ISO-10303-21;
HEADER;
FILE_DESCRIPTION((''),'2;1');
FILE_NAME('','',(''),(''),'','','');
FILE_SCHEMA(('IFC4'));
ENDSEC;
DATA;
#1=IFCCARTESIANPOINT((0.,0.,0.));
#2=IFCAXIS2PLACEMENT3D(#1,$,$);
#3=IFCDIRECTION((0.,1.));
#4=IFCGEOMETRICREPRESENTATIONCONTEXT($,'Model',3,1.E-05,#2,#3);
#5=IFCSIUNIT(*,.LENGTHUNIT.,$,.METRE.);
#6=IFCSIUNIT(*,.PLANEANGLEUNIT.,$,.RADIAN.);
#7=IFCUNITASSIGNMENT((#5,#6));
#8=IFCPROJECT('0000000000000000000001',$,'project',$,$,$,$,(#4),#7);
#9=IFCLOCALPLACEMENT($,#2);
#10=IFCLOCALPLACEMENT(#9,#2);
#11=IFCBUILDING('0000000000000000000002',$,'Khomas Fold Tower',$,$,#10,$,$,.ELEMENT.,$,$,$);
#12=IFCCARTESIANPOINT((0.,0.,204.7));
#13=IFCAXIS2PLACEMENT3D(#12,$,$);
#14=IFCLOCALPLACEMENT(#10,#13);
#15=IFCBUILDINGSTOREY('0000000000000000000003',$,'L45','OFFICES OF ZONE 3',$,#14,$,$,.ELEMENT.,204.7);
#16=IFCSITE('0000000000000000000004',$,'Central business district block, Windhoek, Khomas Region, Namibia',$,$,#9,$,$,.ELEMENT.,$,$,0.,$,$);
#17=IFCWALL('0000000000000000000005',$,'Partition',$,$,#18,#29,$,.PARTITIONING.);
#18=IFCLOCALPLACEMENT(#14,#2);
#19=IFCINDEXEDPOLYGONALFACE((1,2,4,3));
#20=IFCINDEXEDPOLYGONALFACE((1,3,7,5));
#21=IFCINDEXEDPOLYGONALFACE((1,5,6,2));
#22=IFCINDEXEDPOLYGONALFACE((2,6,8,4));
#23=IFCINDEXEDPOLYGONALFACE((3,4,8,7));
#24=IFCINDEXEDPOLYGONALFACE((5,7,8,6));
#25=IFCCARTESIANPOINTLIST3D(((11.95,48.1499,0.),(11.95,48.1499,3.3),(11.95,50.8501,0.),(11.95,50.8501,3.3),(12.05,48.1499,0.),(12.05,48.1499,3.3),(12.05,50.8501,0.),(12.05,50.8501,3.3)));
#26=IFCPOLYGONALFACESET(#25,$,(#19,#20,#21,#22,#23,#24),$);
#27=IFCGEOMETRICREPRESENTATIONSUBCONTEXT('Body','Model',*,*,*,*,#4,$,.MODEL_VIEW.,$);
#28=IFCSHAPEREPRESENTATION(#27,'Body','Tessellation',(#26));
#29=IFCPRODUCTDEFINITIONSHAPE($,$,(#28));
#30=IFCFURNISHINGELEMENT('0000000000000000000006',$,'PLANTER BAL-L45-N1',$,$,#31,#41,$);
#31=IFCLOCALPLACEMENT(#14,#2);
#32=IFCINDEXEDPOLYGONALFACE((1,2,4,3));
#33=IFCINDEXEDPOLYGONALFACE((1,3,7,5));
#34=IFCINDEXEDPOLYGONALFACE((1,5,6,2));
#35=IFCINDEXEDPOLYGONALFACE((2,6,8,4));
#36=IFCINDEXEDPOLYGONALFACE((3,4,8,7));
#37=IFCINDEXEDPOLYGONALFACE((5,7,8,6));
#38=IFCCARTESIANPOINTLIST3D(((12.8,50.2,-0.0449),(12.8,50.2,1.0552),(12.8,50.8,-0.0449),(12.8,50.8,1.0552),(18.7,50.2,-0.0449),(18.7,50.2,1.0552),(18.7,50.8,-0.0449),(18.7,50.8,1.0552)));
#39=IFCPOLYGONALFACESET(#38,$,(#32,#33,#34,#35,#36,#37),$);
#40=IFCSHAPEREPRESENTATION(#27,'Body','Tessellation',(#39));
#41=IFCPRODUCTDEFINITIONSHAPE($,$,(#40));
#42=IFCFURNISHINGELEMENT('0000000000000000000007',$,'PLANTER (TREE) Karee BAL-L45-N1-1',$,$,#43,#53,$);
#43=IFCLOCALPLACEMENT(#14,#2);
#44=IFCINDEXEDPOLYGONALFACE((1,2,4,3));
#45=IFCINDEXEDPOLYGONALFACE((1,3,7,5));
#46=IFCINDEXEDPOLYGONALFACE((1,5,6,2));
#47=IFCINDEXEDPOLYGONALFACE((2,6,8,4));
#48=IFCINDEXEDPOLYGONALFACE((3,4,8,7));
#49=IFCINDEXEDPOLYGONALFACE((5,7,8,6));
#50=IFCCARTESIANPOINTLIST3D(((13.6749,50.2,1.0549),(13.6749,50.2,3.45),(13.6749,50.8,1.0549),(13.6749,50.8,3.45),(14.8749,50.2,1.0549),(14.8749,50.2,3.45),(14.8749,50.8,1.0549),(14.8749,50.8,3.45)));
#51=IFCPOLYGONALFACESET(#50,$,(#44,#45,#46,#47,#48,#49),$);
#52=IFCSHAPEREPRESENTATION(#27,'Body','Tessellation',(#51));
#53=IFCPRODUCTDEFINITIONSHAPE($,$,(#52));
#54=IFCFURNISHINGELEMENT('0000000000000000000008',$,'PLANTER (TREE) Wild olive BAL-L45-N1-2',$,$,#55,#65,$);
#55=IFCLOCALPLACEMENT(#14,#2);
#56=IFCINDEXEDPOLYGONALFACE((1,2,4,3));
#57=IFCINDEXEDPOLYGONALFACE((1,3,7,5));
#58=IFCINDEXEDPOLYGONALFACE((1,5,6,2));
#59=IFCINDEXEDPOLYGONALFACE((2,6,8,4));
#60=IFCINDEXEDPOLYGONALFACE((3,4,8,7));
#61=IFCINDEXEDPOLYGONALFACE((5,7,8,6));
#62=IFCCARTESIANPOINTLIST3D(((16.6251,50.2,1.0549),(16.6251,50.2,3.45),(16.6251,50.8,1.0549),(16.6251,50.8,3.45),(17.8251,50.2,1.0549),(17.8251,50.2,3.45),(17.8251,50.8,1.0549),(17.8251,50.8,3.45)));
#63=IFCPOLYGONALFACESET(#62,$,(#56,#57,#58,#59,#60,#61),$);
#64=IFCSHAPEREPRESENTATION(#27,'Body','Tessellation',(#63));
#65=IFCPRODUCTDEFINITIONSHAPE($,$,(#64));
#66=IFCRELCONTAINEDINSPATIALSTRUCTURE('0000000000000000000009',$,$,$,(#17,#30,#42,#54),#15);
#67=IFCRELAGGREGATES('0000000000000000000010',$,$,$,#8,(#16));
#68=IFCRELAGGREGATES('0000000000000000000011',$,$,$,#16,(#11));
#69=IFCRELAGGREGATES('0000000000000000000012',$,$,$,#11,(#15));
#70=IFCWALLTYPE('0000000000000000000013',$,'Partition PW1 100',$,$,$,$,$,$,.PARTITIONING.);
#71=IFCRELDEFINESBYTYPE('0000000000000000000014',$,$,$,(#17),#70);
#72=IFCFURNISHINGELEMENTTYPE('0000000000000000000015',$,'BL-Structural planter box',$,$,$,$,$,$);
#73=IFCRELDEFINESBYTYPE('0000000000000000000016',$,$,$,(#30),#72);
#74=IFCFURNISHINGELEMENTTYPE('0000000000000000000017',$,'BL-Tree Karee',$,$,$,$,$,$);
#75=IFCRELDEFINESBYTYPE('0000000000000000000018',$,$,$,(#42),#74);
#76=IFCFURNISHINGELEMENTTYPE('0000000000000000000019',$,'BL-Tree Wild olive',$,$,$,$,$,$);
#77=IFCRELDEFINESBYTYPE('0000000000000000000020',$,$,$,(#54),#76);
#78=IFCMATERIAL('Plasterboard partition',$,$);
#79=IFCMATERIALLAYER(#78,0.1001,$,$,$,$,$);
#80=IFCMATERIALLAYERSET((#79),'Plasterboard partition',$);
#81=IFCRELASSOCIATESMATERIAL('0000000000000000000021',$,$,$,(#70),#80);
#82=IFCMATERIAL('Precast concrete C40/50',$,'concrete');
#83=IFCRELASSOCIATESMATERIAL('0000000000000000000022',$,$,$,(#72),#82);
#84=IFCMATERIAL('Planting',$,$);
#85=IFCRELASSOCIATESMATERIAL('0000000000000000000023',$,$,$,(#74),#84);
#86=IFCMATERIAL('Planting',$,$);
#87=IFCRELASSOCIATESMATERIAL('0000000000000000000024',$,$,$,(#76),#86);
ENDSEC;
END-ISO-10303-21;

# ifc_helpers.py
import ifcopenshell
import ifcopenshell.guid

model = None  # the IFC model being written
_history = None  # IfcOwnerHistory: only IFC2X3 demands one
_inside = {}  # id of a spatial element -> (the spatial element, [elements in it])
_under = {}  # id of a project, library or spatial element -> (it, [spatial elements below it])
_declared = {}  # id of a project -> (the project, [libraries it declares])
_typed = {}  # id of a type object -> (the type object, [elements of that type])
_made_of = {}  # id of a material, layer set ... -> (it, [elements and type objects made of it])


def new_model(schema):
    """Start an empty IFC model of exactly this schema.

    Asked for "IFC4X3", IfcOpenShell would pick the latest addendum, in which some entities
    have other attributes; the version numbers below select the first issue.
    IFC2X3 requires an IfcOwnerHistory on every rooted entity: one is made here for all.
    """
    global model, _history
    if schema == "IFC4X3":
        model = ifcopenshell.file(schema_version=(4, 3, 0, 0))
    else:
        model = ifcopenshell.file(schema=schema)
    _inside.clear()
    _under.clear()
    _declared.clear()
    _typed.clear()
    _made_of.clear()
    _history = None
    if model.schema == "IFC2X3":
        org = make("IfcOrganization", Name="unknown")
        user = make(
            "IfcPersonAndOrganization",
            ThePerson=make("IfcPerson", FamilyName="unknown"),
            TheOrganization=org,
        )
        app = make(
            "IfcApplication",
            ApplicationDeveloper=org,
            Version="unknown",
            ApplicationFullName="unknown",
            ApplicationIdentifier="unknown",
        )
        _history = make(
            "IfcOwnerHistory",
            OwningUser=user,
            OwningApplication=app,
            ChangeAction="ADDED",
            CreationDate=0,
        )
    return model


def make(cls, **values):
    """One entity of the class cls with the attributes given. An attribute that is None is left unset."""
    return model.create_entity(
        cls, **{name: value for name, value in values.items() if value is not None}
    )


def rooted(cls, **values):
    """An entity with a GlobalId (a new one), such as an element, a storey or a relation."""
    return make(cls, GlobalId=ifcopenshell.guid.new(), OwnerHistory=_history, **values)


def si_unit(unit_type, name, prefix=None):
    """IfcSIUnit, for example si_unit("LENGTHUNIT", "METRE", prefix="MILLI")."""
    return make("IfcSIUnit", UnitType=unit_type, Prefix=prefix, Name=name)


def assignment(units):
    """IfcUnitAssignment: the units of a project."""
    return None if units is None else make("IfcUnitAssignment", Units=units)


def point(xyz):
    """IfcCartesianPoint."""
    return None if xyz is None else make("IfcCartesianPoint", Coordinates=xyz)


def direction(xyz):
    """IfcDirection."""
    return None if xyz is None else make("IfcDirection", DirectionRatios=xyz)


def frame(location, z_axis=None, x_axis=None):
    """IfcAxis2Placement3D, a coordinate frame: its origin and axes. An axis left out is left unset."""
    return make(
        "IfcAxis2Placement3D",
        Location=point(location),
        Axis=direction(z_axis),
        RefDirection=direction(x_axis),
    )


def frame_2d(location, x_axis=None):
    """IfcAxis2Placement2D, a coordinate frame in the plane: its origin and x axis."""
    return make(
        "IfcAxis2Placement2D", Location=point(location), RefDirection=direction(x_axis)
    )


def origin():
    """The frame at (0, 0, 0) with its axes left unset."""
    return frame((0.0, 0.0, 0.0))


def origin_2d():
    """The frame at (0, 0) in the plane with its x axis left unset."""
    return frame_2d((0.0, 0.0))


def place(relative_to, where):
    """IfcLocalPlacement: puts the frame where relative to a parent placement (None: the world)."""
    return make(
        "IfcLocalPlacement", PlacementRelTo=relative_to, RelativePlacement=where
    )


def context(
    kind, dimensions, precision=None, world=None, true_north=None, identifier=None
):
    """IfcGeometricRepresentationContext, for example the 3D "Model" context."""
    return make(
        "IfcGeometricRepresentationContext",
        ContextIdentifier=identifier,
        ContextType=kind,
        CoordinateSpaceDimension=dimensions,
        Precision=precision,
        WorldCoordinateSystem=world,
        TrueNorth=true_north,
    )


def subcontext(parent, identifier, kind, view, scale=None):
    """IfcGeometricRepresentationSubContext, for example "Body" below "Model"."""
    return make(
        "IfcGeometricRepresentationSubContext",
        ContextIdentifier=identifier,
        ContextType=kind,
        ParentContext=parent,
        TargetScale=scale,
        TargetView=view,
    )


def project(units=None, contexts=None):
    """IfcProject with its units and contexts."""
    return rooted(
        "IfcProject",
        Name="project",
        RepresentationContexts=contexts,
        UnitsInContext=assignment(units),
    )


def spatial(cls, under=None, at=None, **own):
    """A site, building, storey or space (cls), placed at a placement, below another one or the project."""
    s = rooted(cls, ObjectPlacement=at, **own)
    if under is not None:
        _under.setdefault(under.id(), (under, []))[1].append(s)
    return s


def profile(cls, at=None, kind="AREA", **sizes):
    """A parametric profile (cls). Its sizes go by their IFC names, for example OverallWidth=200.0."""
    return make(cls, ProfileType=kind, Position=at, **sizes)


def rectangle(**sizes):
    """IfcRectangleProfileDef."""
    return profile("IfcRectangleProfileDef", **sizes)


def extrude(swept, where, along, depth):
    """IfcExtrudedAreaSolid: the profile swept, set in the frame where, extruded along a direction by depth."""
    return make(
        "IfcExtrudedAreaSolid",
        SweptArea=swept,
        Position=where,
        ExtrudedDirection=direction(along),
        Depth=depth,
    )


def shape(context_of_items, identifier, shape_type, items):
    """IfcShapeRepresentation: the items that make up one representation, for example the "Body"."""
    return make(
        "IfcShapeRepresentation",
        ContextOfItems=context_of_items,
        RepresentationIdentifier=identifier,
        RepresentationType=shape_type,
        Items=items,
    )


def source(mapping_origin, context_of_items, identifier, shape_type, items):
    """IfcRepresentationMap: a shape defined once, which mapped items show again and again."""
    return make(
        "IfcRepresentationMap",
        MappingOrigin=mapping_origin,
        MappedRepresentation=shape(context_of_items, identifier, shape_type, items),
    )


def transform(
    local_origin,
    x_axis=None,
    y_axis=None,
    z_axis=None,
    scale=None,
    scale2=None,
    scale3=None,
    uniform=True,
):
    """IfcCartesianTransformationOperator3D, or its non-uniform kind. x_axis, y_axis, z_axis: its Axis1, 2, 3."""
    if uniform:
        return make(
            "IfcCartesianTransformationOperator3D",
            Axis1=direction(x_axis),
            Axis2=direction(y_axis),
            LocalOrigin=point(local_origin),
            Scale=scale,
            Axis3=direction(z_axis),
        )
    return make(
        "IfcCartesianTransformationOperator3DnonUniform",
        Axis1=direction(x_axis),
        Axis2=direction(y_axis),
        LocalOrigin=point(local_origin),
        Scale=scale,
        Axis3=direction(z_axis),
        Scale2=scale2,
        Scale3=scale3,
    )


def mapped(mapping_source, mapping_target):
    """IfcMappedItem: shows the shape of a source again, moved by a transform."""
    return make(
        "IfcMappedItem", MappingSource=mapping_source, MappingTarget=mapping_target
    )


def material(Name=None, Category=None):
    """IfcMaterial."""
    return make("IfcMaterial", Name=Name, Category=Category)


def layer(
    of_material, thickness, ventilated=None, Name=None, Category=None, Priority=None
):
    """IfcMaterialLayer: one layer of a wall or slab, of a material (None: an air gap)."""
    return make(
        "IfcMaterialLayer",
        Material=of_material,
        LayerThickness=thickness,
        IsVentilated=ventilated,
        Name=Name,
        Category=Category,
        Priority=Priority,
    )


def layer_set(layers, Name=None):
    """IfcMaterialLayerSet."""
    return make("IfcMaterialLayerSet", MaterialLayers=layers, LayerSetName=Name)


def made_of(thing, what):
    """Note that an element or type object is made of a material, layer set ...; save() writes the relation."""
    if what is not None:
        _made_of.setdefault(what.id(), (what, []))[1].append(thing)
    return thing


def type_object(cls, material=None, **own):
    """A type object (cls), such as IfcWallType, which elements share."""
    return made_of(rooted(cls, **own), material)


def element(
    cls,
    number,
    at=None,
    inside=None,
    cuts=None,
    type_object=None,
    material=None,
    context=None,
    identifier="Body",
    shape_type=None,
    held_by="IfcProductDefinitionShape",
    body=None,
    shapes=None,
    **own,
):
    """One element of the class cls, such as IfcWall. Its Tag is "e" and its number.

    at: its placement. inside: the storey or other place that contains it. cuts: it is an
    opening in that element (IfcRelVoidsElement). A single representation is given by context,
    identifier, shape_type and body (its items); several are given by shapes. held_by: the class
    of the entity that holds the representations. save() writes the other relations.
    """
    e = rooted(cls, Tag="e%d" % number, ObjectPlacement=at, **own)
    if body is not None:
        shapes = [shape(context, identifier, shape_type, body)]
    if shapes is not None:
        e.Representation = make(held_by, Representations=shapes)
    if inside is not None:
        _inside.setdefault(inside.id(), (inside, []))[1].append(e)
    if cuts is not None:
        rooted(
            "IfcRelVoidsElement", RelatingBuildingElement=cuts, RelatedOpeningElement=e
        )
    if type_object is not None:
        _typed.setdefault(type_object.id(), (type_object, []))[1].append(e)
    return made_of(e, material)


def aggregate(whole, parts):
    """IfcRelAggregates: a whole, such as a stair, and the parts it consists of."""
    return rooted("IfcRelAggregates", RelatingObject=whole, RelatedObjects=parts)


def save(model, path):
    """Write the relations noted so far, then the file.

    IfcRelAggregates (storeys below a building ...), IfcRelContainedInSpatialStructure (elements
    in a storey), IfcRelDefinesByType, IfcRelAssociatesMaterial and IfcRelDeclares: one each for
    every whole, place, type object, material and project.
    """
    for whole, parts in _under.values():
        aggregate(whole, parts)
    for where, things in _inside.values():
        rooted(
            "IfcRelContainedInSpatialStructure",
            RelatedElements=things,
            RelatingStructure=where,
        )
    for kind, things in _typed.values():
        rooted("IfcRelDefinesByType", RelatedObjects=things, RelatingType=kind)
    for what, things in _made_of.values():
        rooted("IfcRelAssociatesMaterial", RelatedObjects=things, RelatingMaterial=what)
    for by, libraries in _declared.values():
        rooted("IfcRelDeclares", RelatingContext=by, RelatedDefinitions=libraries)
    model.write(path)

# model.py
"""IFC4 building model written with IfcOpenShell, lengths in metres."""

from ifc_helpers import new_model, si_unit, direction, frame, frame_2d, origin, origin_2d, place, context, subcontext, project, spatial, rectangle, extrude, source, transform, mapped, material, layer, layer_set, type_object, element, save


model = new_model("IFC4")

# Units and contexts
model_context = context("Model", 3, precision=1e-05, world=origin(), true_north=direction((0.0, 1.0)))
body_context = subcontext(model_context, "Body", "Model", "MODEL_VIEW")
ifc_project = project(units=[si_unit("LENGTHUNIT", "METRE"), si_unit("PLANEANGLEUNIT", "RADIAN")], contexts=[model_context])

# Site, building, storey
site_placement = place(None, origin())
site = spatial("IfcSite", under=ifc_project, at=site_placement, Name="Central business district block, Windhoek, Khomas Region, Namibia", CompositionType="ELEMENT", RefElevation=0.0)
building_placement = place(site_placement, origin())
building = spatial("IfcBuilding", under=site, at=building_placement, Name="Khomas Fold Tower", CompositionType="ELEMENT")
storey_placement = place(building_placement, frame((0.0, 0.0, 204.7)))
storey = spatial("IfcBuildingStorey", under=building, at=storey_placement, Name="L45", Description="OFFICES OF ZONE 3", CompositionType="ELEMENT", Elevation=204.7)

# Wall
ifc_material_1 = material(Name="Plasterboard partition")
ifc_layer_1 = layer(ifc_material_1, 0.1001)
ifc_layer_set_1 = layer_set([ifc_layer_1], Name="Plasterboard partition")
wall_type_1 = type_object("IfcWallType", Name="Partition PW1 100", PredefinedType="PARTITIONING", material=ifc_layer_set_1)
shared_shape_1 = source(origin(), body_context, "Body", "SweptSolid", [
    extrude(rectangle(XDim=2.7002, YDim=0.1001, at=frame_2d((1.3501, 0.0))), origin(), (0.0, 0.0, 1.0), 3.3),
])
wall_1_placement = place(storey_placement, frame((12.0, 48.1499, 0.0), z_axis=(0.0, 0.0, 1.0), x_axis=(0.0, 1.0, 0.0)))
element("IfcWall", 1, at=wall_1_placement, inside=storey, type_object=wall_type_1, Name="Partition", PredefinedType="PARTITIONING", context=body_context, shape_type="MappedRepresentation", body=[
    mapped(shared_shape_1, transform((0.0, 0.0, 0.0))),
])

# Furnishing elements
ifc_material_2 = material(Name="Precast concrete C40/50", Category="concrete")
furnishing_element_type_1 = type_object("IfcFurnishingElementType", Name="BL-Structural planter box", material=ifc_material_2)
shared_shape_2 = source(origin(), body_context, "Body", "SweptSolid", [
    extrude(rectangle(XDim=5.8999, YDim=0.6001, at=origin_2d()), origin(), (0.0, 0.0, 1.0), 1.1001),
])
furnishing_1_placement = place(storey_placement, frame((15.75, 50.5, -0.0449), z_axis=(0.0, 0.0, 1.0), x_axis=(1.0, 0.0, 0.0)))
element("IfcFurnishingElement", 2, at=furnishing_1_placement, inside=storey, type_object=furnishing_element_type_1, Name="PLANTER BAL-L45-N1", context=body_context, shape_type="MappedRepresentation", body=[
    mapped(shared_shape_2, transform((0.0, 0.0, 0.0))),
])
ifc_material_3 = material(Name="Planting")
furnishing_element_type_2 = type_object("IfcFurnishingElementType", Name="BL-Tree Karee", material=ifc_material_3)
shared_shape_3 = source(origin(), body_context, "Body", "SweptSolid", [
    extrude(rectangle(XDim=1.2, YDim=0.6001, at=origin_2d()), origin(), (0.0, 0.0, 1.0), 2.395),
])
furnishing_2_placement = place(storey_placement, frame((14.2749, 50.5, 1.0549), z_axis=(0.0, 0.0, 1.0), x_axis=(1.0, 0.0, 0.0)))
element("IfcFurnishingElement", 3, at=furnishing_2_placement, inside=storey, type_object=furnishing_element_type_2, Name="PLANTER (TREE) Karee BAL-L45-N1-1", context=body_context, shape_type="MappedRepresentation", body=[
    mapped(shared_shape_3, transform((0.0, 0.0, 0.0))),
])
ifc_material_4 = material(Name="Planting")
furnishing_element_type_3 = type_object("IfcFurnishingElementType", Name="BL-Tree Wild olive", material=ifc_material_4)
furnishing_3_placement = place(storey_placement, frame((17.2251, 50.5, 1.0549), z_axis=(0.0, 0.0, 1.0), x_axis=(1.0, 0.0, 0.0)))
element("IfcFurnishingElement", 4, at=furnishing_3_placement, inside=storey, type_object=furnishing_element_type_3, Name="PLANTER (TREE) Wild olive BAL-L45-N1-2", context=body_context, shape_type="MappedRepresentation", body=[
    mapped(shared_shape_3, transform((0.0, 0.0, 0.0))),
])

save(model, "model.ifc")
